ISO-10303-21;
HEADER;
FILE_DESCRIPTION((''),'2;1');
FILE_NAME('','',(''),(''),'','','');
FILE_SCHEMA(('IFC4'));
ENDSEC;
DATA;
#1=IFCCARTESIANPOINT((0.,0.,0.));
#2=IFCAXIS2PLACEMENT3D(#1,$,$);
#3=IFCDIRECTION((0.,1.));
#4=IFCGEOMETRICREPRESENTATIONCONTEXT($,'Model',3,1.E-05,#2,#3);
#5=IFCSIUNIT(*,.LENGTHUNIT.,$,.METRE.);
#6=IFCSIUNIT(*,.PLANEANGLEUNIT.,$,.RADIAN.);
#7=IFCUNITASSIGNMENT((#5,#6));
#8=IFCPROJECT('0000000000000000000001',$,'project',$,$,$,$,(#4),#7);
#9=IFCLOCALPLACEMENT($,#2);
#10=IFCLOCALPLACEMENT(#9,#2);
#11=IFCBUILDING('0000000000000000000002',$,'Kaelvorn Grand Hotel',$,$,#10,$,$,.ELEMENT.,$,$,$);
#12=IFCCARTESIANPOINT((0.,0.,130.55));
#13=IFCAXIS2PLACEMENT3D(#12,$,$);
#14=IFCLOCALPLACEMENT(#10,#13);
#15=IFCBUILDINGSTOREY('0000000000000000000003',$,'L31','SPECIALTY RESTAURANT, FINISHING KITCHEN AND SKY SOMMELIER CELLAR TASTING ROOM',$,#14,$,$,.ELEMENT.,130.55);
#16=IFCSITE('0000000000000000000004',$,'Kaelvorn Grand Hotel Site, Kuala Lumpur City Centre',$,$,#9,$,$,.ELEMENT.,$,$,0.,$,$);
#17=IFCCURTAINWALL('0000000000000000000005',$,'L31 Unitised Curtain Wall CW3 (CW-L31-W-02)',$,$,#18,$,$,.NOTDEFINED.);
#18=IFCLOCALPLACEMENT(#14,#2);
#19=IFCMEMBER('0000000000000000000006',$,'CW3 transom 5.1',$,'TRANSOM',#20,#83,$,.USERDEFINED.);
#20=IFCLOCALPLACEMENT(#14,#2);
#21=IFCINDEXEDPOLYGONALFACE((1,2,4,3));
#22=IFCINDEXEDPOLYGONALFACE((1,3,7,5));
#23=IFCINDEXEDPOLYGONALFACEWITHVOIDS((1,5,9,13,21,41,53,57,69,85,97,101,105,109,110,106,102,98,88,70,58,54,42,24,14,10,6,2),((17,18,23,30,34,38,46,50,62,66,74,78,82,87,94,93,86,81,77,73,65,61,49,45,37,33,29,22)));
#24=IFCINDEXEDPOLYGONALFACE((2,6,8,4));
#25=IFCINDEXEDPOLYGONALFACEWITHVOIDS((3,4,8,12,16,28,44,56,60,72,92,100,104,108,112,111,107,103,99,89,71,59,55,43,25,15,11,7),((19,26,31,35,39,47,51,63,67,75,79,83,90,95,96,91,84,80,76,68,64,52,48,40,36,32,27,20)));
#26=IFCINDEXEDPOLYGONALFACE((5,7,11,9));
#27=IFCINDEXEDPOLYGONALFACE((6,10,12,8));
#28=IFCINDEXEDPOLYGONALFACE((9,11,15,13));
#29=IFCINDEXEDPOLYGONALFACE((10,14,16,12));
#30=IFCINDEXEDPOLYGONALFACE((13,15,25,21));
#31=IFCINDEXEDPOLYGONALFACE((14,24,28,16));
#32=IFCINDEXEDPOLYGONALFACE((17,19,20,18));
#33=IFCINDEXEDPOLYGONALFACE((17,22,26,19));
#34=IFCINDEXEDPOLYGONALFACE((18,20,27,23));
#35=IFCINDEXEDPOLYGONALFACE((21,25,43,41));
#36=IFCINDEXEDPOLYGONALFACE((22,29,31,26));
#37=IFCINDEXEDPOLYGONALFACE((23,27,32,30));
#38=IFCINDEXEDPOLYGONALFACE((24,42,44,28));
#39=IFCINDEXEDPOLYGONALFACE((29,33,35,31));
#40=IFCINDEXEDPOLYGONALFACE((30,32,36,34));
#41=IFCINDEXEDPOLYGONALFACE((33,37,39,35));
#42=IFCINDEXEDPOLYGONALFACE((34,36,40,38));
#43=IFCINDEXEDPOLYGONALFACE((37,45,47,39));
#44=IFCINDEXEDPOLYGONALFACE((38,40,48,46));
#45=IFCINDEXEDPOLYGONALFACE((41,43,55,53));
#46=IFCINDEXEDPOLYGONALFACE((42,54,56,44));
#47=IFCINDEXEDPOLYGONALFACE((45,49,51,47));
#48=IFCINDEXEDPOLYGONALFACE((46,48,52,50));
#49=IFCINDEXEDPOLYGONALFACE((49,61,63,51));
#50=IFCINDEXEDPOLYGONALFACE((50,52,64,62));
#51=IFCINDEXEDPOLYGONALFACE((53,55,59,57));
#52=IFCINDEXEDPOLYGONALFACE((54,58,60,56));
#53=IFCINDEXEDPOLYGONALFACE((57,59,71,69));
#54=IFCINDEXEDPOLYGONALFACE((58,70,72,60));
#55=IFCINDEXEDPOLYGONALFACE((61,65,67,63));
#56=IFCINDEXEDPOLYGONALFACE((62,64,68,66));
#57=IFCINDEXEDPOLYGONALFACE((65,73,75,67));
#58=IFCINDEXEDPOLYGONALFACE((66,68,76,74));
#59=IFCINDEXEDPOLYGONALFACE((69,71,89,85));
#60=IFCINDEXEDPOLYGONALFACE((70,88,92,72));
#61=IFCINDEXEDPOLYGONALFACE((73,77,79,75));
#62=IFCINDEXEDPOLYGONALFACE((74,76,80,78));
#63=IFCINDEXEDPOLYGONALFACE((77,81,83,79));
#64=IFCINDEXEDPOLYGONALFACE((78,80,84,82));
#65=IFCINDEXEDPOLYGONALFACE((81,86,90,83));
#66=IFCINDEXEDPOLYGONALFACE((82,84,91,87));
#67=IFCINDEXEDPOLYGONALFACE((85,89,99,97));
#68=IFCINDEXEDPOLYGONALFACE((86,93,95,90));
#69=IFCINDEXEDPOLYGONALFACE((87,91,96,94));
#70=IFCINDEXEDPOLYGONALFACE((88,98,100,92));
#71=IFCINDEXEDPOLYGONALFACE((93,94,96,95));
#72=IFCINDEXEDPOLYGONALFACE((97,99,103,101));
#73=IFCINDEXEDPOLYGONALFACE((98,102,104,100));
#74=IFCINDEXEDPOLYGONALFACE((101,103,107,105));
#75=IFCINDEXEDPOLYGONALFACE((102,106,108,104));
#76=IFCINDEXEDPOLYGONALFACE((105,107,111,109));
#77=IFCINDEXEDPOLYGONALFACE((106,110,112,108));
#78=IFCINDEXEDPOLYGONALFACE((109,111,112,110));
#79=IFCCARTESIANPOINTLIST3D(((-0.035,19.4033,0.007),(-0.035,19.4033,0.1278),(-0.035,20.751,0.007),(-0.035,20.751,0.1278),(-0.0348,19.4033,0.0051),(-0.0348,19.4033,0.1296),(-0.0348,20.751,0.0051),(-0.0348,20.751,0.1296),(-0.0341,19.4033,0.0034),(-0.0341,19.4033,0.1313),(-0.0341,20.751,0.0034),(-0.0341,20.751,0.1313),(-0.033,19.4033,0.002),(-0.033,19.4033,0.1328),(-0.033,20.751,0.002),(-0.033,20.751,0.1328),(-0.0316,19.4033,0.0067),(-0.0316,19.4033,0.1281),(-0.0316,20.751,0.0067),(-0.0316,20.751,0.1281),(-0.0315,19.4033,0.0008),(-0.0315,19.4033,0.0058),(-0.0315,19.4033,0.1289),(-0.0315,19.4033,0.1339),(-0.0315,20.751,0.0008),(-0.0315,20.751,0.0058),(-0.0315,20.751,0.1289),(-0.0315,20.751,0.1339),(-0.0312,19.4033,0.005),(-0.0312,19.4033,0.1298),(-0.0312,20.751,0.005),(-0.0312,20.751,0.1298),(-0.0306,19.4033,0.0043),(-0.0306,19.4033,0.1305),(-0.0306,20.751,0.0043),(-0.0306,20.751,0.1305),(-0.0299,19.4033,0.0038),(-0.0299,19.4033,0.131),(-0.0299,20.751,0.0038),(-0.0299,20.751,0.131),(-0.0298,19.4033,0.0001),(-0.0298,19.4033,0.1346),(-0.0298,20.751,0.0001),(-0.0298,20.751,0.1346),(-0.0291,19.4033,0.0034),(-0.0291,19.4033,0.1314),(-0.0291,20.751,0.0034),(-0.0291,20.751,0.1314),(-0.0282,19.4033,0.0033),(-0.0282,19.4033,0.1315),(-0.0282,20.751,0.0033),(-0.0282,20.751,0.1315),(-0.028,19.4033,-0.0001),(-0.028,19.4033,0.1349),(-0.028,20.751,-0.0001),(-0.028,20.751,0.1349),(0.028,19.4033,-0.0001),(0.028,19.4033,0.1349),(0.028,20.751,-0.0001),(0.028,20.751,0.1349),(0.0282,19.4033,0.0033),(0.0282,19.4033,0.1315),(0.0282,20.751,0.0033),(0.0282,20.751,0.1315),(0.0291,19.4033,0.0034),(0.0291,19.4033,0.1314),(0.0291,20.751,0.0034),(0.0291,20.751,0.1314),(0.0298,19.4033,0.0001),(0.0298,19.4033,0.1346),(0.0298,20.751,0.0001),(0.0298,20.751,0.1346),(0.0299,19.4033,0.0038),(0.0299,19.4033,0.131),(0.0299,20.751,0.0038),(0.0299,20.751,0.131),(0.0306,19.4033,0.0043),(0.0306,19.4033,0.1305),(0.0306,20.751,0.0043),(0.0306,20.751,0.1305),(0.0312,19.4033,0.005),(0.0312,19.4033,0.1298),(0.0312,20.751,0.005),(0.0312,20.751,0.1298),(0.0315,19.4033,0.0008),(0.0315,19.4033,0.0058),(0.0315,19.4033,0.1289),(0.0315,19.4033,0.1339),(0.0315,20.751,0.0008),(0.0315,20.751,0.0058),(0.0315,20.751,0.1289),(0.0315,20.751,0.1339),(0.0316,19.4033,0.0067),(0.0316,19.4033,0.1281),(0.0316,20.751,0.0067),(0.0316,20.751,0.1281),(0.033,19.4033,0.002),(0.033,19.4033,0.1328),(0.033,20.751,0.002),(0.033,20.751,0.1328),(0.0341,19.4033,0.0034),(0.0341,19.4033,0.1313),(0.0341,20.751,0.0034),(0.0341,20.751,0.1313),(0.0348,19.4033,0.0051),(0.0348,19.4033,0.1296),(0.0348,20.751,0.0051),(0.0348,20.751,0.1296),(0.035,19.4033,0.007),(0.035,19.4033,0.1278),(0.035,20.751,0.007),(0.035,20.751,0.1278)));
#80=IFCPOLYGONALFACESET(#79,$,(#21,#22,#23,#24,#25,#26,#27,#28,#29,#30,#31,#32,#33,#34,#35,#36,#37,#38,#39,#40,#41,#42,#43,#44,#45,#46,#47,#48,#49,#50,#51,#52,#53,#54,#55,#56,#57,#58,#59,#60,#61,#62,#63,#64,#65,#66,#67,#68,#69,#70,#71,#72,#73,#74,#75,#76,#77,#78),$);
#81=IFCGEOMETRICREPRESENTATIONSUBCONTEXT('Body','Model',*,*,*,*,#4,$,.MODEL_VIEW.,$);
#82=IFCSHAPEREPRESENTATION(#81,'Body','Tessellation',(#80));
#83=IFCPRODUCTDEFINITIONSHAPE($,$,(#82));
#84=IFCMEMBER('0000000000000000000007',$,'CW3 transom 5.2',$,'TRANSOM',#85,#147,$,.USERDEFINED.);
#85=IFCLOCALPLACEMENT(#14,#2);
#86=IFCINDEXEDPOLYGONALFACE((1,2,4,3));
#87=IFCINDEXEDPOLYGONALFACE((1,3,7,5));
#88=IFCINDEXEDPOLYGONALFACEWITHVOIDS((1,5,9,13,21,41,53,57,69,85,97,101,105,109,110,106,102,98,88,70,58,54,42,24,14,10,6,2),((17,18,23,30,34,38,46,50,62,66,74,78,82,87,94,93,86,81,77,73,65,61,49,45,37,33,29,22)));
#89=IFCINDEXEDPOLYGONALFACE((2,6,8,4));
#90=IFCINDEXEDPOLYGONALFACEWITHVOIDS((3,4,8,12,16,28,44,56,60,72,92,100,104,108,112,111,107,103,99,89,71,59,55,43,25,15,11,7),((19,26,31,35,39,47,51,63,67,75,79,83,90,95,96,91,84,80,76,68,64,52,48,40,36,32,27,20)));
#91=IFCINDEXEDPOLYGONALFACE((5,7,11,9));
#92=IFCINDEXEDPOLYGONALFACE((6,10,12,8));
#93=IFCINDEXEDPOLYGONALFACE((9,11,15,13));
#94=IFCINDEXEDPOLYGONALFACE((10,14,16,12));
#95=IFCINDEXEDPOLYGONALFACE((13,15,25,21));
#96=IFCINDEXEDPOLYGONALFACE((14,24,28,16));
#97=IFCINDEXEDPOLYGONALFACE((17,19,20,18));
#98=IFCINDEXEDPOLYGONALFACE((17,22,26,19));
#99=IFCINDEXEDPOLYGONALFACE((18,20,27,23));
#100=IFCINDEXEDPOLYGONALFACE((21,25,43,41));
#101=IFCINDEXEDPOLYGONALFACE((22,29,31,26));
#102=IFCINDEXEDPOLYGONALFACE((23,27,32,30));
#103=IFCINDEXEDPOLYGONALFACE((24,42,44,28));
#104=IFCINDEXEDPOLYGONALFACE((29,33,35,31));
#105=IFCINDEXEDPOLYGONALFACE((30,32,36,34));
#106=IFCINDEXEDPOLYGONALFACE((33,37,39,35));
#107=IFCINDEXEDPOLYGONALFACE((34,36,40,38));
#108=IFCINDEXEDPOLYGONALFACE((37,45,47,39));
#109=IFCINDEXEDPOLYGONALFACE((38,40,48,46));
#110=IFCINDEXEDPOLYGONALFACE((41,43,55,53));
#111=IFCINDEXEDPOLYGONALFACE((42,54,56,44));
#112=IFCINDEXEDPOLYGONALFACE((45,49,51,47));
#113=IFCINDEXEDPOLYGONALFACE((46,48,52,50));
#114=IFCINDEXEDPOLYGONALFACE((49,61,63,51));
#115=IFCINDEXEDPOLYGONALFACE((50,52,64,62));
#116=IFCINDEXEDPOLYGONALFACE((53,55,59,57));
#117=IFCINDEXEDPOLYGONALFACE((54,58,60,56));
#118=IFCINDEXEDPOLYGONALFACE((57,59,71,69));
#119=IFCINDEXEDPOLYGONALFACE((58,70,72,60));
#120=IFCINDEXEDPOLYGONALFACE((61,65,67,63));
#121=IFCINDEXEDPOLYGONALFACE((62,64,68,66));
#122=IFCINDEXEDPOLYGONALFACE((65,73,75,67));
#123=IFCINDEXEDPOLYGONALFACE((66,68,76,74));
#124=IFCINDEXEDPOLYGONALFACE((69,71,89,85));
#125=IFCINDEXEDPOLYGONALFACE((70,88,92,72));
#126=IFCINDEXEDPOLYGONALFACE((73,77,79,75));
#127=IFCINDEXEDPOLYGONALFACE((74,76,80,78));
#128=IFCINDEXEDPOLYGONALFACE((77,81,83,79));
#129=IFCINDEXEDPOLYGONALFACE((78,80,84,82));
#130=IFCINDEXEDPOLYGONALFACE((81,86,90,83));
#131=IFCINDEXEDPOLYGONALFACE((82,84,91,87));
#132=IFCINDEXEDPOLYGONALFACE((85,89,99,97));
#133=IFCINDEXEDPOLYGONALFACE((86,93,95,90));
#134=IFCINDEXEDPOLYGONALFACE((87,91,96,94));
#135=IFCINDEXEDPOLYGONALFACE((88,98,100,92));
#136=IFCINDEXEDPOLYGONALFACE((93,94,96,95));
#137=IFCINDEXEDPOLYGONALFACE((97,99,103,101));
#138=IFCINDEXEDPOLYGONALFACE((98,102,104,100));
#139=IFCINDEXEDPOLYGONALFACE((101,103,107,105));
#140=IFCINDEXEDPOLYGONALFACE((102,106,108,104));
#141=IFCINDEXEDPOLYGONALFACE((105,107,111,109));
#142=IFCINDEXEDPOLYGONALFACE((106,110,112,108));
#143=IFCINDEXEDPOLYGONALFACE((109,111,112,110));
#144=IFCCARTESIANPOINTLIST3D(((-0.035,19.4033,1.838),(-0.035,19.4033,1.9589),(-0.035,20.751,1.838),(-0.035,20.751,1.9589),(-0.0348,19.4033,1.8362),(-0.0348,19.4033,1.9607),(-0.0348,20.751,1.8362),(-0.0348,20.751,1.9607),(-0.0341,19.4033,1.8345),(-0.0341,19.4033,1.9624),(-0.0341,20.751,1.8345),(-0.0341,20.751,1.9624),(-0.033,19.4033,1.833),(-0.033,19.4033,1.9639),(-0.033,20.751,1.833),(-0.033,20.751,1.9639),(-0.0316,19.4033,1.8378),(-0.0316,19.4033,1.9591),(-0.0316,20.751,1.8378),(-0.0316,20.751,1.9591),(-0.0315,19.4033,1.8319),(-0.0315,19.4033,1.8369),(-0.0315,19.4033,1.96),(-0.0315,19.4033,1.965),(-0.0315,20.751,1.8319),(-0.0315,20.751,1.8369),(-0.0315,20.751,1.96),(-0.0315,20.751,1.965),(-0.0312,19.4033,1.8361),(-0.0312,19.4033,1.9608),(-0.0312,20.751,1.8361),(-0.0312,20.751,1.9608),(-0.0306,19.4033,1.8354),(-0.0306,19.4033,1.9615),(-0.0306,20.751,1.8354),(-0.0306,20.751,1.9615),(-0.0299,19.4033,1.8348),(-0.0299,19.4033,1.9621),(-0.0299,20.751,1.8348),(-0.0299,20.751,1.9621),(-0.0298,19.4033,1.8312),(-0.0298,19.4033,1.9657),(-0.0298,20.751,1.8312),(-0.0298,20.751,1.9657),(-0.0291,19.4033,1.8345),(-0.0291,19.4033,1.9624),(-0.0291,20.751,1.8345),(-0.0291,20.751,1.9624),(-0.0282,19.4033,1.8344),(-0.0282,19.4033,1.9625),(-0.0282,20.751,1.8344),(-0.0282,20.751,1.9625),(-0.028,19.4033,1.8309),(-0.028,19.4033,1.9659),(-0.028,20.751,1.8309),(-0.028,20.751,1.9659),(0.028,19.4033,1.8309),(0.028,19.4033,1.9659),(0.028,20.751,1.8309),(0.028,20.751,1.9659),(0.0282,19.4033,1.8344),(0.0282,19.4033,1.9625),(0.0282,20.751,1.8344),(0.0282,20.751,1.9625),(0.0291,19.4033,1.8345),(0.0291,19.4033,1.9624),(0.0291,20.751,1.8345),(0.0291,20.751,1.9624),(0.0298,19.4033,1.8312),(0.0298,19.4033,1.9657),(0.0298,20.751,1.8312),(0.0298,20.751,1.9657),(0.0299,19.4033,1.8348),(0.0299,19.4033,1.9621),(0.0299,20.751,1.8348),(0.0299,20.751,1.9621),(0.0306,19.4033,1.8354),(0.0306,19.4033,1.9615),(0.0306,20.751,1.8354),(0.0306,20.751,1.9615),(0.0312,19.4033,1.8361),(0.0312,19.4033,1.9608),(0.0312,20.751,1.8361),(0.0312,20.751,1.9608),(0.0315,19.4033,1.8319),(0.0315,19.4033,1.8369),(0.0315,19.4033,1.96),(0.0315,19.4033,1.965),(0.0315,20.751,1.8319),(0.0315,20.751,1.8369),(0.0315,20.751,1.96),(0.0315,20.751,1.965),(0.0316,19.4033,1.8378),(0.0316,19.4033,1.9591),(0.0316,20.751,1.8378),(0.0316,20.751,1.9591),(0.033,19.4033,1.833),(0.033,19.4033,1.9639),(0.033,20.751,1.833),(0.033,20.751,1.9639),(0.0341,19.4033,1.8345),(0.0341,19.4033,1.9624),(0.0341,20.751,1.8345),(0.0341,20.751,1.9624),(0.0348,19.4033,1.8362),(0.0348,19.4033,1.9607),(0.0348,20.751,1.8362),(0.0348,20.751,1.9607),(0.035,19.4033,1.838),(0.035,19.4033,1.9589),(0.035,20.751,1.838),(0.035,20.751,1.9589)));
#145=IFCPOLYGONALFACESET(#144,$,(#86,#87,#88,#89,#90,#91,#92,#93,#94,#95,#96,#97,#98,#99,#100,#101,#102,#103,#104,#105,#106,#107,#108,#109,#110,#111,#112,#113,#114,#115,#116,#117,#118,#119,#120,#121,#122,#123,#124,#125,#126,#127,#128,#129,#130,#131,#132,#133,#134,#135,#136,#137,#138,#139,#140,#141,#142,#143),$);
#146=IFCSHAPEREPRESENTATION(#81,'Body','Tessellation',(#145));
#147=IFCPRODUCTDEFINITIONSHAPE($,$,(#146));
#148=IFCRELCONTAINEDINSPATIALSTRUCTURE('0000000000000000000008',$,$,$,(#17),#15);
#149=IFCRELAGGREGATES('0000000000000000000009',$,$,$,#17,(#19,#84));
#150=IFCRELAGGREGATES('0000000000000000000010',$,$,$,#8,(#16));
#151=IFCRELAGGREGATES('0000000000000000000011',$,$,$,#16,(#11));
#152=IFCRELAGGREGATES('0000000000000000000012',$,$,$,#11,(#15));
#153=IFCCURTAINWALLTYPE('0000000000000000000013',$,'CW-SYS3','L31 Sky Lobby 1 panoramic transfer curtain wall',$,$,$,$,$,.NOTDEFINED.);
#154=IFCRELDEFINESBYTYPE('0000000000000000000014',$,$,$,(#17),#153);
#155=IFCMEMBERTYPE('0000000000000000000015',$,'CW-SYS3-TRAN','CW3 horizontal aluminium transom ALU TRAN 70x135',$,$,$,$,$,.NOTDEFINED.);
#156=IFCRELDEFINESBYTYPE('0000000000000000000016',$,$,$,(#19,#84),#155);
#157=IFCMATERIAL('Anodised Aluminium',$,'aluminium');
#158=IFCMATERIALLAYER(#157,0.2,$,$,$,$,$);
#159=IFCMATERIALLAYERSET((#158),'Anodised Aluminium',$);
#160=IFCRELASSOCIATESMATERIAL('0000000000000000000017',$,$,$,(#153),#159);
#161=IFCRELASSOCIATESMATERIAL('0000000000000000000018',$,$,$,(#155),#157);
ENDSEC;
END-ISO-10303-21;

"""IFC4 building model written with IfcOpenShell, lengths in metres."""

from ifc_helpers import new_model, si_unit, direction, frame, origin, origin_2d, place, context, subcontext, project, spatial, hollow_rectangle, extrude, material, layer, layer_set, material_profile, profile_set, type_object, element, aggregate, save


model = new_model("IFC4")

# Units and contexts
model_context = context("Model", 3, precision=1e-05, world=origin(), true_north=direction((0.0, 1.0)))
body_context = subcontext(model_context, "Body", "Model", "MODEL_VIEW")
ifc_project = project(units=[si_unit("LENGTHUNIT", "METRE"), si_unit("PLANEANGLEUNIT", "RADIAN")], contexts=[model_context])

# Site, building, storey
site_placement = place(None, origin())
site = spatial("IfcSite", under=ifc_project, at=site_placement, Name="Kaelvorn Grand Hotel Site, Kuala Lumpur City Centre", CompositionType="ELEMENT", RefElevation=0.0)
building_placement = place(site_placement, origin())
building = spatial("IfcBuilding", under=site, at=building_placement, Name="Kaelvorn Grand Hotel", CompositionType="ELEMENT")
storey_placement = place(building_placement, frame((0.0, 0.0, 130.55)))
storey = spatial("IfcBuildingStorey", under=building, at=storey_placement, Name="L31", Description="SPECIALTY RESTAURANT, FINISHING KITCHEN AND SKY SOMMELIER CELLAR TASTING ROOM", CompositionType="ELEMENT", Elevation=130.55)

# Curtain wall, members
ifc_material_1 = material(Name="Anodised Aluminium", Category="aluminium")
ifc_layer_1 = layer(ifc_material_1, 0.2)
ifc_layer_set_1 = layer_set([ifc_layer_1], Name="Anodised Aluminium")
curtain_wall_type = type_object("IfcCurtainWallType", Name="CW-SYS3", Description="L31 Sky Lobby 1 panoramic transfer curtain wall", PredefinedType="NOTDEFINED", material=ifc_layer_set_1)
curtain_wall_placement = place(storey_placement, origin())
curtain_wall = element("IfcCurtainWall", 1, at=curtain_wall_placement, inside=storey, type_object=curtain_wall_type, Name="L31 Unitised Curtain Wall CW3 (CW-L31-W-02)", PredefinedType="NOTDEFINED")
ifc_material_profile_1 = material_profile(ifc_material_1, hollow_rectangle(XDim=0.0701, YDim=0.135, WallThickness=0.0034, InnerFilletRadius=0.0034, OuterFilletRadius=0.0071, at=origin_2d()), Name="ALU TRAN 70x135")
ifc_profile_set_1 = profile_set([ifc_material_profile_1], Name="Anodised Aluminium")
member_type_1 = type_object("IfcMemberType", Name="CW-SYS3-TRAN", Description="CW3 horizontal aluminium transom ALU TRAN 70x135", PredefinedType="NOTDEFINED", material=ifc_profile_set_1)
member_1_placement = place(storey_placement, frame((0.0, 20.751, 0.0674), z_axis=(0.0, -1.0, 0.0), x_axis=(1.0, 0.0, 0.0)))
member_1 = element("IfcMember", 2, at=member_1_placement, type_object=member_type_1, Name="CW3 transom 5.1", ObjectType="TRANSOM", PredefinedType="USERDEFINED", context=body_context, shape_type="SweptSolid", body=[
    extrude(hollow_rectangle(XDim=0.0701, YDim=0.135, WallThickness=0.0034, InnerFilletRadius=0.0034, OuterFilletRadius=0.0071, at=origin_2d()), origin(), (0.0, 0.0, 1.0), 1.3477),
])
member_2_placement = place(storey_placement, frame((0.0, 20.751, 1.8984), z_axis=(0.0, -1.0, 0.0), x_axis=(1.0, 0.0, 0.0)))
member_2 = element("IfcMember", 3, at=member_2_placement, type_object=member_type_1, Name="CW3 transom 5.2", ObjectType="TRANSOM", PredefinedType="USERDEFINED", context=body_context, shape_type="SweptSolid", body=[
    extrude(hollow_rectangle(XDim=0.0701, YDim=0.135, WallThickness=0.0034, InnerFilletRadius=0.0034, OuterFilletRadius=0.0071, at=origin_2d()), origin(), (0.0, 0.0, 1.0), 1.3477),
])
aggregate(curtain_wall, [member_1, member_2])

save(model, "model.ifc")
